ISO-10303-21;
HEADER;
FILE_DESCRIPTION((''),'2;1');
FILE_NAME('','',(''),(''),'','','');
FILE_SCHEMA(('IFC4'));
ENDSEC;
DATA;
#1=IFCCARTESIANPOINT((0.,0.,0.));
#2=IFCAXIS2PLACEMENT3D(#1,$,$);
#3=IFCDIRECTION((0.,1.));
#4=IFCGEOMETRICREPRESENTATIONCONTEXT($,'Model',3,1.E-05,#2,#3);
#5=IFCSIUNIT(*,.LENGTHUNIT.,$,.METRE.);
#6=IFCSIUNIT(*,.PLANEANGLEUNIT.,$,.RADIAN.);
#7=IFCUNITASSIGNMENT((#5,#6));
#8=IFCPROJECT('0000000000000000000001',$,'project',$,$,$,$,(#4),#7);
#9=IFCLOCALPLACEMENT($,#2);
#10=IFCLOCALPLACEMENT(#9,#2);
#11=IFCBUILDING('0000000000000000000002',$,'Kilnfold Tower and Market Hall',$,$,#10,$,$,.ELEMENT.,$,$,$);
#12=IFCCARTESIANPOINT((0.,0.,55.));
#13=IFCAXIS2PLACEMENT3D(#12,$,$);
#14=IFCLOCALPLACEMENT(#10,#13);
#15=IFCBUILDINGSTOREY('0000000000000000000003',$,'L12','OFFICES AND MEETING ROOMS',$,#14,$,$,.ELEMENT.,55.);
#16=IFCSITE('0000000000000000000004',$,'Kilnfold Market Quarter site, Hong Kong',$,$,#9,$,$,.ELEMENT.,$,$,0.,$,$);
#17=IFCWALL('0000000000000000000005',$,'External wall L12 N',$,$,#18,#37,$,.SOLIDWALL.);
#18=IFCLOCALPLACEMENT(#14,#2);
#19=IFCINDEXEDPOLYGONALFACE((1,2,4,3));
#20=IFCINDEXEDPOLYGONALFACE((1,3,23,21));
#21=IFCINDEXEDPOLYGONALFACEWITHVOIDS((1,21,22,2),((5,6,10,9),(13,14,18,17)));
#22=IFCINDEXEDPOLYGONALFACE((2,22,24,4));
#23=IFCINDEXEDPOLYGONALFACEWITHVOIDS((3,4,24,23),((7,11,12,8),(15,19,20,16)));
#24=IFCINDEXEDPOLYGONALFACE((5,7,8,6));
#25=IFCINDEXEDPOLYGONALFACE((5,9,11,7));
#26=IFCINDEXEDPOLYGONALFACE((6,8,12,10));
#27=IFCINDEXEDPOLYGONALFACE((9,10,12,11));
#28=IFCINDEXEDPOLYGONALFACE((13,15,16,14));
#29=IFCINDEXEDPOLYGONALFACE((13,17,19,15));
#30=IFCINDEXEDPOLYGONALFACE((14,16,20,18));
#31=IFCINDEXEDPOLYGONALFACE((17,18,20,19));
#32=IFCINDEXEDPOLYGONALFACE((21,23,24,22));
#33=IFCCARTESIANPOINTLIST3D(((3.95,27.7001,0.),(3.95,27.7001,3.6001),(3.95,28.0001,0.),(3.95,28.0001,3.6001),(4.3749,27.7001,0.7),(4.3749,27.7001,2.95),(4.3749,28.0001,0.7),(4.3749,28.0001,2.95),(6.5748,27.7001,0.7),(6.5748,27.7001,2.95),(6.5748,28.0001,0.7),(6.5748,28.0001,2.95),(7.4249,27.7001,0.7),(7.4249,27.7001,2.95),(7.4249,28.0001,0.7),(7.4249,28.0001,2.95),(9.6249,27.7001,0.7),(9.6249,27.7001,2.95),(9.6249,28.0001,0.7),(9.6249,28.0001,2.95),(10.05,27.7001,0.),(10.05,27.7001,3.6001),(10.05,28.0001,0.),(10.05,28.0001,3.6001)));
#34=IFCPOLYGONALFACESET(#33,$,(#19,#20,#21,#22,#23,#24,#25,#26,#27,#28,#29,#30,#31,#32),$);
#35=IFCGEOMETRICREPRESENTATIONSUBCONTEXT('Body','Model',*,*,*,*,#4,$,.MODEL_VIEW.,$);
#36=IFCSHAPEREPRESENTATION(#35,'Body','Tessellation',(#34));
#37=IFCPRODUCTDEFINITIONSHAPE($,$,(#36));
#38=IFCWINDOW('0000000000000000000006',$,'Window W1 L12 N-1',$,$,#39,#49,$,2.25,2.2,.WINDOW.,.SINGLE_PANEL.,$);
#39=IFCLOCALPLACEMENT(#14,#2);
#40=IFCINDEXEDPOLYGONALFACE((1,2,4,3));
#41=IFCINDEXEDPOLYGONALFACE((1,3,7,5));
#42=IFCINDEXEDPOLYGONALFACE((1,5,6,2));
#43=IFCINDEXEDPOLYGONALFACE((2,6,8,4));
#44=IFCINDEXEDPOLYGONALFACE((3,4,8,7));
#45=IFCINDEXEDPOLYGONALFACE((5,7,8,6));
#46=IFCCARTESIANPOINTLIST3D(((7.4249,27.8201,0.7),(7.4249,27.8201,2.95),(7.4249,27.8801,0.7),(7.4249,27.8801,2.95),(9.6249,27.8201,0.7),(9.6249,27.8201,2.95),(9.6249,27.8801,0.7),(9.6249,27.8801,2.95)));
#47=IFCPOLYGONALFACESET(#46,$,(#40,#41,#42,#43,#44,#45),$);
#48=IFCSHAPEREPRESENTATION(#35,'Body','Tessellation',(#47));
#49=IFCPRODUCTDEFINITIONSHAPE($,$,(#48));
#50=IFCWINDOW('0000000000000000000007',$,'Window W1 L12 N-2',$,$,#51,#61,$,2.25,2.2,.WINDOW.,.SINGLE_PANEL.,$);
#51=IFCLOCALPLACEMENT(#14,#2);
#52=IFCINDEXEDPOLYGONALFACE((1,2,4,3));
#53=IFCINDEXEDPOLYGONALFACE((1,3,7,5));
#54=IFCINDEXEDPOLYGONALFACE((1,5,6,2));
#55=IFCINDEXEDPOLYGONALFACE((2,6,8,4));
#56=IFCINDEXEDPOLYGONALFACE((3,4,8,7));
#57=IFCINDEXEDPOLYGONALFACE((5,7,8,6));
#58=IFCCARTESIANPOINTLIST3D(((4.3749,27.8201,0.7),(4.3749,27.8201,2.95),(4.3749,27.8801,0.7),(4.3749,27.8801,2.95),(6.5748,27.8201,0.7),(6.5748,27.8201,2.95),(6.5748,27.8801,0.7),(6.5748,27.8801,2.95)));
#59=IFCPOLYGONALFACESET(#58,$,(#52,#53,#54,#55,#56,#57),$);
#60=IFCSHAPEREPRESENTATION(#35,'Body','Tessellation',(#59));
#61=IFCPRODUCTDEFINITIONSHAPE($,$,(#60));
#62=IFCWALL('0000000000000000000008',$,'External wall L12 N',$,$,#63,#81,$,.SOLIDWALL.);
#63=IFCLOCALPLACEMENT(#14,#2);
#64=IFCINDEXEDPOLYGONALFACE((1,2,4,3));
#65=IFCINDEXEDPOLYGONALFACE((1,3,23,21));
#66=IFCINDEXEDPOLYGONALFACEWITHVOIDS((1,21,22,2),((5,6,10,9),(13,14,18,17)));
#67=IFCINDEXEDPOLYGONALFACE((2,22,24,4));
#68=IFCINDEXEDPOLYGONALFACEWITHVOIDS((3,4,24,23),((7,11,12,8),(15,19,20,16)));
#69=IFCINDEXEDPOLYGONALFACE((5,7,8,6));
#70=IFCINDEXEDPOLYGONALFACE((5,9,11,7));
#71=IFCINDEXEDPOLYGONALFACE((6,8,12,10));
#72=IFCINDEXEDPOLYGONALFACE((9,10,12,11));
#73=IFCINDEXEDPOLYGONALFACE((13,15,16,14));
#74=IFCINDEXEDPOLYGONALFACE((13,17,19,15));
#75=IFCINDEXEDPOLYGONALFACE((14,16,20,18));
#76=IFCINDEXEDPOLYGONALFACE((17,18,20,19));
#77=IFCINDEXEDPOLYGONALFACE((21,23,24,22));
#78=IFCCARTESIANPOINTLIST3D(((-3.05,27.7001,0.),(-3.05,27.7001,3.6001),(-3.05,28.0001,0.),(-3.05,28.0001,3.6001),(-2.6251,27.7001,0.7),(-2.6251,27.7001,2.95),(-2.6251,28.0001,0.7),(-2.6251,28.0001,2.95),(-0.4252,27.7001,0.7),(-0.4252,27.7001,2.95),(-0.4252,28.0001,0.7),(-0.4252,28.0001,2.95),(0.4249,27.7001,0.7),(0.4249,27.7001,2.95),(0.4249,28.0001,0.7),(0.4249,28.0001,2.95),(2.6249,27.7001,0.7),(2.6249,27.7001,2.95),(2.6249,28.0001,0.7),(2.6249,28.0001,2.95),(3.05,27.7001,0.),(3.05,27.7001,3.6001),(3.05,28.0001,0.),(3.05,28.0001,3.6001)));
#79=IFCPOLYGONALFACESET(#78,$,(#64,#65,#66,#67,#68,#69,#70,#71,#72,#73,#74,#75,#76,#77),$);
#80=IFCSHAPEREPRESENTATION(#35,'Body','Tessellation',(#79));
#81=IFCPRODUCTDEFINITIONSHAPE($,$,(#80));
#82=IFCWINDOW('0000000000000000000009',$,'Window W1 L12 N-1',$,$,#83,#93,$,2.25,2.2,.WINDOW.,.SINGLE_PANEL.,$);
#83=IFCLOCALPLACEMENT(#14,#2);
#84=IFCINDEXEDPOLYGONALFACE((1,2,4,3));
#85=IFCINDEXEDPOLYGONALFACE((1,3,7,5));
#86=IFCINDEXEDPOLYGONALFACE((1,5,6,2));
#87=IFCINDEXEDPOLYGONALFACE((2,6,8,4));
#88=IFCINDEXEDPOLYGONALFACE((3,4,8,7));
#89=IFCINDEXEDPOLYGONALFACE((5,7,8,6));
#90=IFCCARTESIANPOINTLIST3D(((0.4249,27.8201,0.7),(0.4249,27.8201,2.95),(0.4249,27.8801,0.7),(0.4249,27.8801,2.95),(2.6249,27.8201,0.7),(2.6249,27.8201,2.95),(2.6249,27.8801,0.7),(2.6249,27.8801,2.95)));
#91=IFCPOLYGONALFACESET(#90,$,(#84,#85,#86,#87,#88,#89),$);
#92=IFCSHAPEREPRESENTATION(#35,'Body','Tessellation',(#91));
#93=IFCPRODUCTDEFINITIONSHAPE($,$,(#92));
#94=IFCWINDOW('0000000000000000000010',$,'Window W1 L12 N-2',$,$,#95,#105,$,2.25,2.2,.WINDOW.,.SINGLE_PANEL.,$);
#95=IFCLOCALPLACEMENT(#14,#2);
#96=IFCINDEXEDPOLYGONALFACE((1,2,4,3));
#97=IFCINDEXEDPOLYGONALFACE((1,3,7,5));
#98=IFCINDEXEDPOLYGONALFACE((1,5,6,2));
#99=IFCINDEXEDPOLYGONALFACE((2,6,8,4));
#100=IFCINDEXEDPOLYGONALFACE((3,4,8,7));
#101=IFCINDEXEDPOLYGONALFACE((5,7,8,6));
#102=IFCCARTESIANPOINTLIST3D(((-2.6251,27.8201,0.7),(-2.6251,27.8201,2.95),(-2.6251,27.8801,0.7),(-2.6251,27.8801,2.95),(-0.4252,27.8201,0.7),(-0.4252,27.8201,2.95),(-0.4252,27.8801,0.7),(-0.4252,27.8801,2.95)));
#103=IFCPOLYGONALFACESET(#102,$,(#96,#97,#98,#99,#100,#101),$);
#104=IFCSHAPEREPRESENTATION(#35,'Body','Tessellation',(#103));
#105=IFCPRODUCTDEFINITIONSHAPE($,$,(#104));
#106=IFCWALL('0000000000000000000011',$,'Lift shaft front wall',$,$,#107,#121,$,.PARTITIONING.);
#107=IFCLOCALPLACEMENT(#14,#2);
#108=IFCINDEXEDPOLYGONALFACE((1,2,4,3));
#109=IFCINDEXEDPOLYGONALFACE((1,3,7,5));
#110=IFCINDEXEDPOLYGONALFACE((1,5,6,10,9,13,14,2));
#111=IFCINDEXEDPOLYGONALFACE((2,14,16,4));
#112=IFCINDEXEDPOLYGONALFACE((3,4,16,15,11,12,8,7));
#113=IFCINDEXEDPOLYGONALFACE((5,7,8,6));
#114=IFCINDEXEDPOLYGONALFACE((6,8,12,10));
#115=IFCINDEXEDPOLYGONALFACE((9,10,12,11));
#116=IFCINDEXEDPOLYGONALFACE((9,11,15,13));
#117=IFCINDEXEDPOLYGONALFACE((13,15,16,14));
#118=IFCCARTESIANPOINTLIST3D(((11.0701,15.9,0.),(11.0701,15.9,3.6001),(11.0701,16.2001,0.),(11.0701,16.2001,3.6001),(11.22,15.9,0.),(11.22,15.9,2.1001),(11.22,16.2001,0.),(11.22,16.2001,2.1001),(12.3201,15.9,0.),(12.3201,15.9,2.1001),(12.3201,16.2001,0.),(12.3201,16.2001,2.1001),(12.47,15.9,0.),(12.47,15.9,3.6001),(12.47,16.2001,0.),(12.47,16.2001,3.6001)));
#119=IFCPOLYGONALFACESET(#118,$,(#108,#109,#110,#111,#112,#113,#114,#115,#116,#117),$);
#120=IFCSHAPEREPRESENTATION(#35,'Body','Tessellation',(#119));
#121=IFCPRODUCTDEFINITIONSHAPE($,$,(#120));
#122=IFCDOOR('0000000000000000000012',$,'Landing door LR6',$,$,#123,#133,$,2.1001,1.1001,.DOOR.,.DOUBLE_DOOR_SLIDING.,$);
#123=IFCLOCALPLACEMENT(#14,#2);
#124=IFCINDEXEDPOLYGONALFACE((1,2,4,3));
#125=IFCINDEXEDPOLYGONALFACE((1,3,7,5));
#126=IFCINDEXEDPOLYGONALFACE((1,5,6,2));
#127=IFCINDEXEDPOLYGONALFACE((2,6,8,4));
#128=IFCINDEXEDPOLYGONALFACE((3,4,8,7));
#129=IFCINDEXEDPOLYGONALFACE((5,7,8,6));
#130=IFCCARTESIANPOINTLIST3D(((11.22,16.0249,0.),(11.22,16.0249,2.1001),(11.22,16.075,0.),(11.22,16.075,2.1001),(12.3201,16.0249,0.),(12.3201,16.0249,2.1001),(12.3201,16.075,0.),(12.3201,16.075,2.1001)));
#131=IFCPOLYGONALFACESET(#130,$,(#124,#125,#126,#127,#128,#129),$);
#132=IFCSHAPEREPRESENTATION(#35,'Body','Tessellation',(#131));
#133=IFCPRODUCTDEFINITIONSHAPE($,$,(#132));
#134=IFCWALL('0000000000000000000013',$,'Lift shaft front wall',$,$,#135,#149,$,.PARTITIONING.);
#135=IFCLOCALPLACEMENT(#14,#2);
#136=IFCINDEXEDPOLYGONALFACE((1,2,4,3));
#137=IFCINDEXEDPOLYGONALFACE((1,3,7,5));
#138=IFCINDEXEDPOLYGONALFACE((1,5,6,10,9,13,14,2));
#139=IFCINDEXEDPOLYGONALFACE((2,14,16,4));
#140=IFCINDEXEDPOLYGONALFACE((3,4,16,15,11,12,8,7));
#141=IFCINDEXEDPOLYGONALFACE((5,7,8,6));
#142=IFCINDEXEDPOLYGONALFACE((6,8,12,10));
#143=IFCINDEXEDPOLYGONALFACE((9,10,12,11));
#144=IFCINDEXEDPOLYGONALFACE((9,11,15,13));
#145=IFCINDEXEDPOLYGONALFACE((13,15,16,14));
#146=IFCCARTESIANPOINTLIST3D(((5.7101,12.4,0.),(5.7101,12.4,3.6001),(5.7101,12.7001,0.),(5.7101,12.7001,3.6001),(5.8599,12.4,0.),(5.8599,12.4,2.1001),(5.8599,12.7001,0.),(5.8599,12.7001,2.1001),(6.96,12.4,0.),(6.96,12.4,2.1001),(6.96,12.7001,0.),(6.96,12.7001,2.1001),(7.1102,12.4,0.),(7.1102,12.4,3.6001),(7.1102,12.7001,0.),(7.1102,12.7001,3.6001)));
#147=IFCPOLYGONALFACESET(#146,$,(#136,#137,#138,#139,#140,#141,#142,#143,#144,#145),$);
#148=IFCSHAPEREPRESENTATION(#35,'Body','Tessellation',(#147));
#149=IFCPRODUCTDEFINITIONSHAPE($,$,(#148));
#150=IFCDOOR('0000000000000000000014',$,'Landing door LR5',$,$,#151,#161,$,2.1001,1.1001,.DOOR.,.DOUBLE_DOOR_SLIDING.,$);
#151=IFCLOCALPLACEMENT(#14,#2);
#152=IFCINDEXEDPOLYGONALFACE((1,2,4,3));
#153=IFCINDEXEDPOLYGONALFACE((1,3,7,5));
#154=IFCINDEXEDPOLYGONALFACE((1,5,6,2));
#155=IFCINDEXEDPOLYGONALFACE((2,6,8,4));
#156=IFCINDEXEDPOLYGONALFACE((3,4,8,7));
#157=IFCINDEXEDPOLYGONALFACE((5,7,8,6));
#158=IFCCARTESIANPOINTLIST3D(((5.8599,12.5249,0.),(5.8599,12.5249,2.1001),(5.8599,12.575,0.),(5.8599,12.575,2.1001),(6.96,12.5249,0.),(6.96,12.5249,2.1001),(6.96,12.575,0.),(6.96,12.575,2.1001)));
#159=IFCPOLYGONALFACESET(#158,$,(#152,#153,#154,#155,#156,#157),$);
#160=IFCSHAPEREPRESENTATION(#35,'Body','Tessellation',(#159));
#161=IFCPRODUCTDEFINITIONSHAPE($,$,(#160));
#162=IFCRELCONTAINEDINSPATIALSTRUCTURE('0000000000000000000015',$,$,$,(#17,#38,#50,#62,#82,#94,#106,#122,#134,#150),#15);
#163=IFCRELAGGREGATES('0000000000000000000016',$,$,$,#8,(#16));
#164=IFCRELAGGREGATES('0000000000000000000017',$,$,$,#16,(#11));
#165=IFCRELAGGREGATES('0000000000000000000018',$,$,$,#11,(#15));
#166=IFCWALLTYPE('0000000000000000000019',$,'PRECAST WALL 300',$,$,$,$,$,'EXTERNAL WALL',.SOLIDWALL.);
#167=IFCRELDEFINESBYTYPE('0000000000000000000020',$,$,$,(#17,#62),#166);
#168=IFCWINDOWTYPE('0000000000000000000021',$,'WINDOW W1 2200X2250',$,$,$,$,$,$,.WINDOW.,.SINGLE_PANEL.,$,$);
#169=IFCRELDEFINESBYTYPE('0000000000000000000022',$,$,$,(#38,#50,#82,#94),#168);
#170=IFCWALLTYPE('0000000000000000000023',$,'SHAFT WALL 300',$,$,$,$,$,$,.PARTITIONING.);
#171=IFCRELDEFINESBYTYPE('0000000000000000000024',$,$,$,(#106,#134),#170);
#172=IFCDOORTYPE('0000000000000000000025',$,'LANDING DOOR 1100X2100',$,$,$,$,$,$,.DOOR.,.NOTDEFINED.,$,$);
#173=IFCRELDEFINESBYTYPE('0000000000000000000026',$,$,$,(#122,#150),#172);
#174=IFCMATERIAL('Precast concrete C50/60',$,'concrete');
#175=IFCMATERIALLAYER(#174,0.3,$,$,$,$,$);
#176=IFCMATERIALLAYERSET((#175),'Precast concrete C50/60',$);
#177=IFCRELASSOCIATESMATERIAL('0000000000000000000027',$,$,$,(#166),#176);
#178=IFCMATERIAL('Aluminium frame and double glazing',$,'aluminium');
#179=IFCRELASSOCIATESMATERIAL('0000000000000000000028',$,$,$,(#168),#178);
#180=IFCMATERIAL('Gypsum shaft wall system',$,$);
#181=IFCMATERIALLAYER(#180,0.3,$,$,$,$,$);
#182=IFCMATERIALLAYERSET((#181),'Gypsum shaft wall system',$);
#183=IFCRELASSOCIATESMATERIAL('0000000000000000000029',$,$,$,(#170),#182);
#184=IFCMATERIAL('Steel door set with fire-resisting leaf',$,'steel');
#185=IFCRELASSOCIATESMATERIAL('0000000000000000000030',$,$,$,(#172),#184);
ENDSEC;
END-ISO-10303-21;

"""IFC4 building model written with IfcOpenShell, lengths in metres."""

from ifc_helpers import new_model, si_unit, direction, frame, frame_2d, origin, place, context, subcontext, project, spatial, rectangle, extrude, source, transform, mapped, material, layer, layer_set, type_object, element, fill, save


model = new_model("IFC4")

# Units and contexts
model_context = context("Model", 3, precision=1e-05, world=origin(), true_north=direction((0.0, 1.0)))
body_context = subcontext(model_context, "Body", "Model", "MODEL_VIEW")
ifc_project = project(units=[si_unit("LENGTHUNIT", "METRE"), si_unit("PLANEANGLEUNIT", "RADIAN")], contexts=[model_context])

# Site, building, storey
site_placement = place(None, origin())
site = spatial("IfcSite", under=ifc_project, at=site_placement, Name="Kilnfold Market Quarter site, Hong Kong", CompositionType="ELEMENT", RefElevation=0.0)
building_placement = place(site_placement, origin())
building = spatial("IfcBuilding", under=site, at=building_placement, Name="Kilnfold Tower and Market Hall", CompositionType="ELEMENT")
storey_placement = place(building_placement, frame((0.0, 0.0, 55.0)))
storey = spatial("IfcBuildingStorey", under=building, at=storey_placement, Name="L12", Description="OFFICES AND MEETING ROOMS", CompositionType="ELEMENT", Elevation=55.0)

# Walls, openings, windows
ifc_material_1 = material(Name="Precast concrete C50/60", Category="concrete")
ifc_layer_1 = layer(ifc_material_1, 0.3)
ifc_layer_set_1 = layer_set([ifc_layer_1], Name="Precast concrete C50/60")
wall_type_1 = type_object("IfcWallType", Name="PRECAST WALL 300", ElementType="EXTERNAL WALL", PredefinedType="SOLIDWALL", material=ifc_layer_set_1)
shared_shape_1 = source(origin(), body_context, "Body", "SweptSolid", [
    extrude(rectangle(XDim=6.1001, YDim=0.3, at=frame_2d((3.05, 0.0))), origin(), (0.0, 0.0, 1.0), 3.6001),
])
wall_1_placement = place(storey_placement, frame((10.05, 27.8501, 0.0), z_axis=(0.0, 0.0, 1.0), x_axis=(-1.0, 0.0, 0.0)))
wall_1 = element("IfcWall", 1, at=wall_1_placement, inside=storey, type_object=wall_type_1, Name="External wall L12 N", PredefinedType="SOLIDWALL", context=body_context, shape_type="MappedRepresentation", body=[
    mapped(shared_shape_1, transform((0.0, 0.0, 0.0))),
])
opening_1_placement = place(wall_1_placement, frame((0.425, 0.0, 0.7)))
opening_1 = element("IfcOpeningElement", 2, at=opening_1_placement, cuts=wall_1, PredefinedType="OPENING", context=body_context, shape_type="SweptSolid", body=[
    extrude(rectangle(XDim=2.2, YDim=2.25, at=frame_2d((1.1001, 1.125))), frame((0.0, 0.1602, 0.0), z_axis=(0.0, -1.0, 0.0), x_axis=(1.0, 0.0, 0.0)), (0.0, 0.0, 1.0), 0.3201),
])
opening_2_placement = place(wall_1_placement, frame((3.4751, 0.0, 0.7)))
opening_2 = element("IfcOpeningElement", 3, at=opening_2_placement, cuts=wall_1, PredefinedType="OPENING", context=body_context, shape_type="SweptSolid", body=[
    extrude(rectangle(XDim=2.2, YDim=2.25, at=frame_2d((1.1001, 1.125))), frame((0.0, 0.1602, 0.0), z_axis=(0.0, -1.0, 0.0), x_axis=(1.0, 0.0, 0.0)), (0.0, 0.0, 1.0), 0.3201),
])
ifc_material_2 = material(Name="Aluminium frame and double glazing", Category="aluminium")
window_type = type_object("IfcWindowType", Name="WINDOW W1 2200X2250", PartitioningType="SINGLE_PANEL", PredefinedType="WINDOW", material=ifc_material_2)
window_1_placement = place(opening_1_placement, origin())
window_1 = element("IfcWindow", 4, at=window_1_placement, inside=storey, type_object=window_type, Name="Window W1 L12 N-1", OverallHeight=2.25, OverallWidth=2.2, PartitioningType="SINGLE_PANEL", PredefinedType="WINDOW", context=body_context, shape_type="SweptSolid", body=[
    extrude(rectangle(XDim=2.2, YDim=2.25, at=frame_2d((1.1001, 1.125))), frame((0.0, 0.03, 0.0), z_axis=(0.0, -1.0, 0.0), x_axis=(1.0, 0.0, 0.0)), (0.0, 0.0, 1.0), 0.0601),
])
fill(opening_1, window_1)
window_2_placement = place(opening_2_placement, origin())
window_2 = element("IfcWindow", 5, at=window_2_placement, inside=storey, type_object=window_type, Name="Window W1 L12 N-2", OverallHeight=2.25, OverallWidth=2.2, PartitioningType="SINGLE_PANEL", PredefinedType="WINDOW", context=body_context, shape_type="SweptSolid", body=[
    extrude(rectangle(XDim=2.2, YDim=2.25, at=frame_2d((1.1001, 1.125))), frame((0.0, 0.03, 0.0), z_axis=(0.0, -1.0, 0.0), x_axis=(1.0, 0.0, 0.0)), (0.0, 0.0, 1.0), 0.0601),
])
fill(opening_2, window_2)
wall_2_placement = place(storey_placement, frame((3.05, 27.8501, 0.0), z_axis=(0.0, 0.0, 1.0), x_axis=(-1.0, 0.0, 0.0)))
wall_2 = element("IfcWall", 6, at=wall_2_placement, inside=storey, type_object=wall_type_1, Name="External wall L12 N", PredefinedType="SOLIDWALL", context=body_context, shape_type="MappedRepresentation", body=[
    mapped(shared_shape_1, transform((0.0, 0.0, 0.0))),
])
opening_3_placement = place(wall_2_placement, frame((0.425, 0.0, 0.7)))
opening_3 = element("IfcOpeningElement", 7, at=opening_3_placement, cuts=wall_2, PredefinedType="OPENING", context=body_context, shape_type="SweptSolid", body=[
    extrude(rectangle(XDim=2.2, YDim=2.25, at=frame_2d((1.1001, 1.125))), frame((0.0, 0.1602, 0.0), z_axis=(0.0, -1.0, 0.0), x_axis=(1.0, 0.0, 0.0)), (0.0, 0.0, 1.0), 0.3201),
])
opening_4_placement = place(wall_2_placement, frame((3.4751, 0.0, 0.7)))
opening_4 = element("IfcOpeningElement", 8, at=opening_4_placement, cuts=wall_2, PredefinedType="OPENING", context=body_context, shape_type="SweptSolid", body=[
    extrude(rectangle(XDim=2.2, YDim=2.25, at=frame_2d((1.1001, 1.125))), frame((0.0, 0.1602, 0.0), z_axis=(0.0, -1.0, 0.0), x_axis=(1.0, 0.0, 0.0)), (0.0, 0.0, 1.0), 0.3201),
])
window_3_placement = place(opening_3_placement, origin())
window_3 = element("IfcWindow", 9, at=window_3_placement, inside=storey, type_object=window_type, Name="Window W1 L12 N-1", OverallHeight=2.25, OverallWidth=2.2, PartitioningType="SINGLE_PANEL", PredefinedType="WINDOW", context=body_context, shape_type="SweptSolid", body=[
    extrude(rectangle(XDim=2.2, YDim=2.25, at=frame_2d((1.1001, 1.125))), frame((0.0, 0.03, 0.0), z_axis=(0.0, -1.0, 0.0), x_axis=(1.0, 0.0, 0.0)), (0.0, 0.0, 1.0), 0.0601),
])
fill(opening_3, window_3)
window_4_placement = place(opening_4_placement, origin())
window_4 = element("IfcWindow", 10, at=window_4_placement, inside=storey, type_object=window_type, Name="Window W1 L12 N-2", OverallHeight=2.25, OverallWidth=2.2, PartitioningType="SINGLE_PANEL", PredefinedType="WINDOW", context=body_context, shape_type="SweptSolid", body=[
    extrude(rectangle(XDim=2.2, YDim=2.25, at=frame_2d((1.1001, 1.125))), frame((0.0, 0.03, 0.0), z_axis=(0.0, -1.0, 0.0), x_axis=(1.0, 0.0, 0.0)), (0.0, 0.0, 1.0), 0.0601),
])
fill(opening_4, window_4)

# Walls, openings, doors
ifc_material_3 = material(Name="Gypsum shaft wall system")
ifc_layer_2 = layer(ifc_material_3, 0.3)
ifc_layer_set_2 = layer_set([ifc_layer_2], Name="Gypsum shaft wall system")
wall_type_2 = type_object("IfcWallType", Name="SHAFT WALL 300", PredefinedType="PARTITIONING", material=ifc_layer_set_2)
shared_shape_2 = source(origin(), body_context, "Body", "SweptSolid", [
    extrude(rectangle(XDim=1.3999, YDim=0.3, at=frame_2d((0.7, 0.0))), origin(), (0.0, 0.0, 1.0), 3.6001),
])
wall_3_placement = place(storey_placement, frame((11.0701, 16.05, 0.0), z_axis=(0.0, 0.0, 1.0), x_axis=(1.0, 0.0, 0.0)))
wall_3 = element("IfcWall", 11, at=wall_3_placement, inside=storey, type_object=wall_type_2, Name="Lift shaft front wall", PredefinedType="PARTITIONING", context=body_context, shape_type="MappedRepresentation", body=[
    mapped(shared_shape_2, transform((0.0, 0.0, 0.0))),
])
opening_5_placement = place(wall_3_placement, frame((0.1499, 0.0, 0.0)))
opening_5 = element("IfcOpeningElement", 12, at=opening_5_placement, cuts=wall_3, PredefinedType="OPENING", context=body_context, shape_type="SweptSolid", body=[
    extrude(rectangle(XDim=1.1001, YDim=2.1001, at=frame_2d((0.55, 1.05))), frame((0.0, 0.1602, 0.0), z_axis=(0.0, -1.0, 0.0), x_axis=(1.0, 0.0, 0.0)), (0.0, 0.0, 1.0), 0.3201),
])
ifc_material_4 = material(Name="Steel door set with fire-resisting leaf", Category="steel")
door_type_1 = type_object("IfcDoorType", Name="LANDING DOOR 1100X2100", OperationType="NOTDEFINED", PredefinedType="DOOR", material=ifc_material_4)
door_1_placement = place(opening_5_placement, origin())
door_1 = element("IfcDoor", 13, at=door_1_placement, inside=storey, type_object=door_type_1, Name="Landing door LR6", OperationType="DOUBLE_DOOR_SLIDING", OverallHeight=2.1001, OverallWidth=1.1001, PredefinedType="DOOR", context=body_context, shape_type="SweptSolid", body=[
    extrude(rectangle(XDim=1.1001, YDim=2.1001, at=frame_2d((0.55, 1.05))), frame((0.0, 0.0249, 0.0), z_axis=(0.0, -1.0, 0.0), x_axis=(1.0, 0.0, 0.0)), (0.0, 0.0, 1.0), 0.05),
])
fill(opening_5, door_1)
shared_shape_3 = source(origin(), body_context, "Body", "SweptSolid", [
    extrude(rectangle(XDim=1.4001, YDim=0.3, at=frame_2d((0.7002, 0.0))), origin(), (0.0, 0.0, 1.0), 3.6001),
])
wall_4_placement = place(storey_placement, frame((5.71, 12.55, 0.0), z_axis=(0.0, 0.0, 1.0), x_axis=(1.0, 0.0, 0.0)))
wall_4 = element("IfcWall", 14, at=wall_4_placement, inside=storey, type_object=wall_type_2, Name="Lift shaft front wall", PredefinedType="PARTITIONING", context=body_context, shape_type="MappedRepresentation", body=[
    mapped(shared_shape_3, transform((0.0, 0.0, 0.0))),
])
opening_6_placement = place(wall_4_placement, frame((0.1499, 0.0, 0.0)))
opening_6 = element("IfcOpeningElement", 15, at=opening_6_placement, cuts=wall_4, PredefinedType="OPENING", context=body_context, shape_type="SweptSolid", body=[
    extrude(rectangle(XDim=1.1001, YDim=2.1001, at=frame_2d((0.55, 1.05))), frame((0.0, 0.1602, 0.0), z_axis=(0.0, -1.0, 0.0), x_axis=(1.0, 0.0, 0.0)), (0.0, 0.0, 1.0), 0.3201),
])
door_2_placement = place(opening_6_placement, origin())
door_2 = element("IfcDoor", 16, at=door_2_placement, inside=storey, type_object=door_type_1, Name="Landing door LR5", OperationType="DOUBLE_DOOR_SLIDING", OverallHeight=2.1001, OverallWidth=1.1001, PredefinedType="DOOR", context=body_context, shape_type="SweptSolid", body=[
    extrude(rectangle(XDim=1.1001, YDim=2.1001, at=frame_2d((0.55, 1.05))), frame((0.0, 0.0249, 0.0), z_axis=(0.0, -1.0, 0.0), x_axis=(1.0, 0.0, 0.0)), (0.0, 0.0, 1.0), 0.05),
])
fill(opening_6, door_2)

save(model, "model.ifc")
